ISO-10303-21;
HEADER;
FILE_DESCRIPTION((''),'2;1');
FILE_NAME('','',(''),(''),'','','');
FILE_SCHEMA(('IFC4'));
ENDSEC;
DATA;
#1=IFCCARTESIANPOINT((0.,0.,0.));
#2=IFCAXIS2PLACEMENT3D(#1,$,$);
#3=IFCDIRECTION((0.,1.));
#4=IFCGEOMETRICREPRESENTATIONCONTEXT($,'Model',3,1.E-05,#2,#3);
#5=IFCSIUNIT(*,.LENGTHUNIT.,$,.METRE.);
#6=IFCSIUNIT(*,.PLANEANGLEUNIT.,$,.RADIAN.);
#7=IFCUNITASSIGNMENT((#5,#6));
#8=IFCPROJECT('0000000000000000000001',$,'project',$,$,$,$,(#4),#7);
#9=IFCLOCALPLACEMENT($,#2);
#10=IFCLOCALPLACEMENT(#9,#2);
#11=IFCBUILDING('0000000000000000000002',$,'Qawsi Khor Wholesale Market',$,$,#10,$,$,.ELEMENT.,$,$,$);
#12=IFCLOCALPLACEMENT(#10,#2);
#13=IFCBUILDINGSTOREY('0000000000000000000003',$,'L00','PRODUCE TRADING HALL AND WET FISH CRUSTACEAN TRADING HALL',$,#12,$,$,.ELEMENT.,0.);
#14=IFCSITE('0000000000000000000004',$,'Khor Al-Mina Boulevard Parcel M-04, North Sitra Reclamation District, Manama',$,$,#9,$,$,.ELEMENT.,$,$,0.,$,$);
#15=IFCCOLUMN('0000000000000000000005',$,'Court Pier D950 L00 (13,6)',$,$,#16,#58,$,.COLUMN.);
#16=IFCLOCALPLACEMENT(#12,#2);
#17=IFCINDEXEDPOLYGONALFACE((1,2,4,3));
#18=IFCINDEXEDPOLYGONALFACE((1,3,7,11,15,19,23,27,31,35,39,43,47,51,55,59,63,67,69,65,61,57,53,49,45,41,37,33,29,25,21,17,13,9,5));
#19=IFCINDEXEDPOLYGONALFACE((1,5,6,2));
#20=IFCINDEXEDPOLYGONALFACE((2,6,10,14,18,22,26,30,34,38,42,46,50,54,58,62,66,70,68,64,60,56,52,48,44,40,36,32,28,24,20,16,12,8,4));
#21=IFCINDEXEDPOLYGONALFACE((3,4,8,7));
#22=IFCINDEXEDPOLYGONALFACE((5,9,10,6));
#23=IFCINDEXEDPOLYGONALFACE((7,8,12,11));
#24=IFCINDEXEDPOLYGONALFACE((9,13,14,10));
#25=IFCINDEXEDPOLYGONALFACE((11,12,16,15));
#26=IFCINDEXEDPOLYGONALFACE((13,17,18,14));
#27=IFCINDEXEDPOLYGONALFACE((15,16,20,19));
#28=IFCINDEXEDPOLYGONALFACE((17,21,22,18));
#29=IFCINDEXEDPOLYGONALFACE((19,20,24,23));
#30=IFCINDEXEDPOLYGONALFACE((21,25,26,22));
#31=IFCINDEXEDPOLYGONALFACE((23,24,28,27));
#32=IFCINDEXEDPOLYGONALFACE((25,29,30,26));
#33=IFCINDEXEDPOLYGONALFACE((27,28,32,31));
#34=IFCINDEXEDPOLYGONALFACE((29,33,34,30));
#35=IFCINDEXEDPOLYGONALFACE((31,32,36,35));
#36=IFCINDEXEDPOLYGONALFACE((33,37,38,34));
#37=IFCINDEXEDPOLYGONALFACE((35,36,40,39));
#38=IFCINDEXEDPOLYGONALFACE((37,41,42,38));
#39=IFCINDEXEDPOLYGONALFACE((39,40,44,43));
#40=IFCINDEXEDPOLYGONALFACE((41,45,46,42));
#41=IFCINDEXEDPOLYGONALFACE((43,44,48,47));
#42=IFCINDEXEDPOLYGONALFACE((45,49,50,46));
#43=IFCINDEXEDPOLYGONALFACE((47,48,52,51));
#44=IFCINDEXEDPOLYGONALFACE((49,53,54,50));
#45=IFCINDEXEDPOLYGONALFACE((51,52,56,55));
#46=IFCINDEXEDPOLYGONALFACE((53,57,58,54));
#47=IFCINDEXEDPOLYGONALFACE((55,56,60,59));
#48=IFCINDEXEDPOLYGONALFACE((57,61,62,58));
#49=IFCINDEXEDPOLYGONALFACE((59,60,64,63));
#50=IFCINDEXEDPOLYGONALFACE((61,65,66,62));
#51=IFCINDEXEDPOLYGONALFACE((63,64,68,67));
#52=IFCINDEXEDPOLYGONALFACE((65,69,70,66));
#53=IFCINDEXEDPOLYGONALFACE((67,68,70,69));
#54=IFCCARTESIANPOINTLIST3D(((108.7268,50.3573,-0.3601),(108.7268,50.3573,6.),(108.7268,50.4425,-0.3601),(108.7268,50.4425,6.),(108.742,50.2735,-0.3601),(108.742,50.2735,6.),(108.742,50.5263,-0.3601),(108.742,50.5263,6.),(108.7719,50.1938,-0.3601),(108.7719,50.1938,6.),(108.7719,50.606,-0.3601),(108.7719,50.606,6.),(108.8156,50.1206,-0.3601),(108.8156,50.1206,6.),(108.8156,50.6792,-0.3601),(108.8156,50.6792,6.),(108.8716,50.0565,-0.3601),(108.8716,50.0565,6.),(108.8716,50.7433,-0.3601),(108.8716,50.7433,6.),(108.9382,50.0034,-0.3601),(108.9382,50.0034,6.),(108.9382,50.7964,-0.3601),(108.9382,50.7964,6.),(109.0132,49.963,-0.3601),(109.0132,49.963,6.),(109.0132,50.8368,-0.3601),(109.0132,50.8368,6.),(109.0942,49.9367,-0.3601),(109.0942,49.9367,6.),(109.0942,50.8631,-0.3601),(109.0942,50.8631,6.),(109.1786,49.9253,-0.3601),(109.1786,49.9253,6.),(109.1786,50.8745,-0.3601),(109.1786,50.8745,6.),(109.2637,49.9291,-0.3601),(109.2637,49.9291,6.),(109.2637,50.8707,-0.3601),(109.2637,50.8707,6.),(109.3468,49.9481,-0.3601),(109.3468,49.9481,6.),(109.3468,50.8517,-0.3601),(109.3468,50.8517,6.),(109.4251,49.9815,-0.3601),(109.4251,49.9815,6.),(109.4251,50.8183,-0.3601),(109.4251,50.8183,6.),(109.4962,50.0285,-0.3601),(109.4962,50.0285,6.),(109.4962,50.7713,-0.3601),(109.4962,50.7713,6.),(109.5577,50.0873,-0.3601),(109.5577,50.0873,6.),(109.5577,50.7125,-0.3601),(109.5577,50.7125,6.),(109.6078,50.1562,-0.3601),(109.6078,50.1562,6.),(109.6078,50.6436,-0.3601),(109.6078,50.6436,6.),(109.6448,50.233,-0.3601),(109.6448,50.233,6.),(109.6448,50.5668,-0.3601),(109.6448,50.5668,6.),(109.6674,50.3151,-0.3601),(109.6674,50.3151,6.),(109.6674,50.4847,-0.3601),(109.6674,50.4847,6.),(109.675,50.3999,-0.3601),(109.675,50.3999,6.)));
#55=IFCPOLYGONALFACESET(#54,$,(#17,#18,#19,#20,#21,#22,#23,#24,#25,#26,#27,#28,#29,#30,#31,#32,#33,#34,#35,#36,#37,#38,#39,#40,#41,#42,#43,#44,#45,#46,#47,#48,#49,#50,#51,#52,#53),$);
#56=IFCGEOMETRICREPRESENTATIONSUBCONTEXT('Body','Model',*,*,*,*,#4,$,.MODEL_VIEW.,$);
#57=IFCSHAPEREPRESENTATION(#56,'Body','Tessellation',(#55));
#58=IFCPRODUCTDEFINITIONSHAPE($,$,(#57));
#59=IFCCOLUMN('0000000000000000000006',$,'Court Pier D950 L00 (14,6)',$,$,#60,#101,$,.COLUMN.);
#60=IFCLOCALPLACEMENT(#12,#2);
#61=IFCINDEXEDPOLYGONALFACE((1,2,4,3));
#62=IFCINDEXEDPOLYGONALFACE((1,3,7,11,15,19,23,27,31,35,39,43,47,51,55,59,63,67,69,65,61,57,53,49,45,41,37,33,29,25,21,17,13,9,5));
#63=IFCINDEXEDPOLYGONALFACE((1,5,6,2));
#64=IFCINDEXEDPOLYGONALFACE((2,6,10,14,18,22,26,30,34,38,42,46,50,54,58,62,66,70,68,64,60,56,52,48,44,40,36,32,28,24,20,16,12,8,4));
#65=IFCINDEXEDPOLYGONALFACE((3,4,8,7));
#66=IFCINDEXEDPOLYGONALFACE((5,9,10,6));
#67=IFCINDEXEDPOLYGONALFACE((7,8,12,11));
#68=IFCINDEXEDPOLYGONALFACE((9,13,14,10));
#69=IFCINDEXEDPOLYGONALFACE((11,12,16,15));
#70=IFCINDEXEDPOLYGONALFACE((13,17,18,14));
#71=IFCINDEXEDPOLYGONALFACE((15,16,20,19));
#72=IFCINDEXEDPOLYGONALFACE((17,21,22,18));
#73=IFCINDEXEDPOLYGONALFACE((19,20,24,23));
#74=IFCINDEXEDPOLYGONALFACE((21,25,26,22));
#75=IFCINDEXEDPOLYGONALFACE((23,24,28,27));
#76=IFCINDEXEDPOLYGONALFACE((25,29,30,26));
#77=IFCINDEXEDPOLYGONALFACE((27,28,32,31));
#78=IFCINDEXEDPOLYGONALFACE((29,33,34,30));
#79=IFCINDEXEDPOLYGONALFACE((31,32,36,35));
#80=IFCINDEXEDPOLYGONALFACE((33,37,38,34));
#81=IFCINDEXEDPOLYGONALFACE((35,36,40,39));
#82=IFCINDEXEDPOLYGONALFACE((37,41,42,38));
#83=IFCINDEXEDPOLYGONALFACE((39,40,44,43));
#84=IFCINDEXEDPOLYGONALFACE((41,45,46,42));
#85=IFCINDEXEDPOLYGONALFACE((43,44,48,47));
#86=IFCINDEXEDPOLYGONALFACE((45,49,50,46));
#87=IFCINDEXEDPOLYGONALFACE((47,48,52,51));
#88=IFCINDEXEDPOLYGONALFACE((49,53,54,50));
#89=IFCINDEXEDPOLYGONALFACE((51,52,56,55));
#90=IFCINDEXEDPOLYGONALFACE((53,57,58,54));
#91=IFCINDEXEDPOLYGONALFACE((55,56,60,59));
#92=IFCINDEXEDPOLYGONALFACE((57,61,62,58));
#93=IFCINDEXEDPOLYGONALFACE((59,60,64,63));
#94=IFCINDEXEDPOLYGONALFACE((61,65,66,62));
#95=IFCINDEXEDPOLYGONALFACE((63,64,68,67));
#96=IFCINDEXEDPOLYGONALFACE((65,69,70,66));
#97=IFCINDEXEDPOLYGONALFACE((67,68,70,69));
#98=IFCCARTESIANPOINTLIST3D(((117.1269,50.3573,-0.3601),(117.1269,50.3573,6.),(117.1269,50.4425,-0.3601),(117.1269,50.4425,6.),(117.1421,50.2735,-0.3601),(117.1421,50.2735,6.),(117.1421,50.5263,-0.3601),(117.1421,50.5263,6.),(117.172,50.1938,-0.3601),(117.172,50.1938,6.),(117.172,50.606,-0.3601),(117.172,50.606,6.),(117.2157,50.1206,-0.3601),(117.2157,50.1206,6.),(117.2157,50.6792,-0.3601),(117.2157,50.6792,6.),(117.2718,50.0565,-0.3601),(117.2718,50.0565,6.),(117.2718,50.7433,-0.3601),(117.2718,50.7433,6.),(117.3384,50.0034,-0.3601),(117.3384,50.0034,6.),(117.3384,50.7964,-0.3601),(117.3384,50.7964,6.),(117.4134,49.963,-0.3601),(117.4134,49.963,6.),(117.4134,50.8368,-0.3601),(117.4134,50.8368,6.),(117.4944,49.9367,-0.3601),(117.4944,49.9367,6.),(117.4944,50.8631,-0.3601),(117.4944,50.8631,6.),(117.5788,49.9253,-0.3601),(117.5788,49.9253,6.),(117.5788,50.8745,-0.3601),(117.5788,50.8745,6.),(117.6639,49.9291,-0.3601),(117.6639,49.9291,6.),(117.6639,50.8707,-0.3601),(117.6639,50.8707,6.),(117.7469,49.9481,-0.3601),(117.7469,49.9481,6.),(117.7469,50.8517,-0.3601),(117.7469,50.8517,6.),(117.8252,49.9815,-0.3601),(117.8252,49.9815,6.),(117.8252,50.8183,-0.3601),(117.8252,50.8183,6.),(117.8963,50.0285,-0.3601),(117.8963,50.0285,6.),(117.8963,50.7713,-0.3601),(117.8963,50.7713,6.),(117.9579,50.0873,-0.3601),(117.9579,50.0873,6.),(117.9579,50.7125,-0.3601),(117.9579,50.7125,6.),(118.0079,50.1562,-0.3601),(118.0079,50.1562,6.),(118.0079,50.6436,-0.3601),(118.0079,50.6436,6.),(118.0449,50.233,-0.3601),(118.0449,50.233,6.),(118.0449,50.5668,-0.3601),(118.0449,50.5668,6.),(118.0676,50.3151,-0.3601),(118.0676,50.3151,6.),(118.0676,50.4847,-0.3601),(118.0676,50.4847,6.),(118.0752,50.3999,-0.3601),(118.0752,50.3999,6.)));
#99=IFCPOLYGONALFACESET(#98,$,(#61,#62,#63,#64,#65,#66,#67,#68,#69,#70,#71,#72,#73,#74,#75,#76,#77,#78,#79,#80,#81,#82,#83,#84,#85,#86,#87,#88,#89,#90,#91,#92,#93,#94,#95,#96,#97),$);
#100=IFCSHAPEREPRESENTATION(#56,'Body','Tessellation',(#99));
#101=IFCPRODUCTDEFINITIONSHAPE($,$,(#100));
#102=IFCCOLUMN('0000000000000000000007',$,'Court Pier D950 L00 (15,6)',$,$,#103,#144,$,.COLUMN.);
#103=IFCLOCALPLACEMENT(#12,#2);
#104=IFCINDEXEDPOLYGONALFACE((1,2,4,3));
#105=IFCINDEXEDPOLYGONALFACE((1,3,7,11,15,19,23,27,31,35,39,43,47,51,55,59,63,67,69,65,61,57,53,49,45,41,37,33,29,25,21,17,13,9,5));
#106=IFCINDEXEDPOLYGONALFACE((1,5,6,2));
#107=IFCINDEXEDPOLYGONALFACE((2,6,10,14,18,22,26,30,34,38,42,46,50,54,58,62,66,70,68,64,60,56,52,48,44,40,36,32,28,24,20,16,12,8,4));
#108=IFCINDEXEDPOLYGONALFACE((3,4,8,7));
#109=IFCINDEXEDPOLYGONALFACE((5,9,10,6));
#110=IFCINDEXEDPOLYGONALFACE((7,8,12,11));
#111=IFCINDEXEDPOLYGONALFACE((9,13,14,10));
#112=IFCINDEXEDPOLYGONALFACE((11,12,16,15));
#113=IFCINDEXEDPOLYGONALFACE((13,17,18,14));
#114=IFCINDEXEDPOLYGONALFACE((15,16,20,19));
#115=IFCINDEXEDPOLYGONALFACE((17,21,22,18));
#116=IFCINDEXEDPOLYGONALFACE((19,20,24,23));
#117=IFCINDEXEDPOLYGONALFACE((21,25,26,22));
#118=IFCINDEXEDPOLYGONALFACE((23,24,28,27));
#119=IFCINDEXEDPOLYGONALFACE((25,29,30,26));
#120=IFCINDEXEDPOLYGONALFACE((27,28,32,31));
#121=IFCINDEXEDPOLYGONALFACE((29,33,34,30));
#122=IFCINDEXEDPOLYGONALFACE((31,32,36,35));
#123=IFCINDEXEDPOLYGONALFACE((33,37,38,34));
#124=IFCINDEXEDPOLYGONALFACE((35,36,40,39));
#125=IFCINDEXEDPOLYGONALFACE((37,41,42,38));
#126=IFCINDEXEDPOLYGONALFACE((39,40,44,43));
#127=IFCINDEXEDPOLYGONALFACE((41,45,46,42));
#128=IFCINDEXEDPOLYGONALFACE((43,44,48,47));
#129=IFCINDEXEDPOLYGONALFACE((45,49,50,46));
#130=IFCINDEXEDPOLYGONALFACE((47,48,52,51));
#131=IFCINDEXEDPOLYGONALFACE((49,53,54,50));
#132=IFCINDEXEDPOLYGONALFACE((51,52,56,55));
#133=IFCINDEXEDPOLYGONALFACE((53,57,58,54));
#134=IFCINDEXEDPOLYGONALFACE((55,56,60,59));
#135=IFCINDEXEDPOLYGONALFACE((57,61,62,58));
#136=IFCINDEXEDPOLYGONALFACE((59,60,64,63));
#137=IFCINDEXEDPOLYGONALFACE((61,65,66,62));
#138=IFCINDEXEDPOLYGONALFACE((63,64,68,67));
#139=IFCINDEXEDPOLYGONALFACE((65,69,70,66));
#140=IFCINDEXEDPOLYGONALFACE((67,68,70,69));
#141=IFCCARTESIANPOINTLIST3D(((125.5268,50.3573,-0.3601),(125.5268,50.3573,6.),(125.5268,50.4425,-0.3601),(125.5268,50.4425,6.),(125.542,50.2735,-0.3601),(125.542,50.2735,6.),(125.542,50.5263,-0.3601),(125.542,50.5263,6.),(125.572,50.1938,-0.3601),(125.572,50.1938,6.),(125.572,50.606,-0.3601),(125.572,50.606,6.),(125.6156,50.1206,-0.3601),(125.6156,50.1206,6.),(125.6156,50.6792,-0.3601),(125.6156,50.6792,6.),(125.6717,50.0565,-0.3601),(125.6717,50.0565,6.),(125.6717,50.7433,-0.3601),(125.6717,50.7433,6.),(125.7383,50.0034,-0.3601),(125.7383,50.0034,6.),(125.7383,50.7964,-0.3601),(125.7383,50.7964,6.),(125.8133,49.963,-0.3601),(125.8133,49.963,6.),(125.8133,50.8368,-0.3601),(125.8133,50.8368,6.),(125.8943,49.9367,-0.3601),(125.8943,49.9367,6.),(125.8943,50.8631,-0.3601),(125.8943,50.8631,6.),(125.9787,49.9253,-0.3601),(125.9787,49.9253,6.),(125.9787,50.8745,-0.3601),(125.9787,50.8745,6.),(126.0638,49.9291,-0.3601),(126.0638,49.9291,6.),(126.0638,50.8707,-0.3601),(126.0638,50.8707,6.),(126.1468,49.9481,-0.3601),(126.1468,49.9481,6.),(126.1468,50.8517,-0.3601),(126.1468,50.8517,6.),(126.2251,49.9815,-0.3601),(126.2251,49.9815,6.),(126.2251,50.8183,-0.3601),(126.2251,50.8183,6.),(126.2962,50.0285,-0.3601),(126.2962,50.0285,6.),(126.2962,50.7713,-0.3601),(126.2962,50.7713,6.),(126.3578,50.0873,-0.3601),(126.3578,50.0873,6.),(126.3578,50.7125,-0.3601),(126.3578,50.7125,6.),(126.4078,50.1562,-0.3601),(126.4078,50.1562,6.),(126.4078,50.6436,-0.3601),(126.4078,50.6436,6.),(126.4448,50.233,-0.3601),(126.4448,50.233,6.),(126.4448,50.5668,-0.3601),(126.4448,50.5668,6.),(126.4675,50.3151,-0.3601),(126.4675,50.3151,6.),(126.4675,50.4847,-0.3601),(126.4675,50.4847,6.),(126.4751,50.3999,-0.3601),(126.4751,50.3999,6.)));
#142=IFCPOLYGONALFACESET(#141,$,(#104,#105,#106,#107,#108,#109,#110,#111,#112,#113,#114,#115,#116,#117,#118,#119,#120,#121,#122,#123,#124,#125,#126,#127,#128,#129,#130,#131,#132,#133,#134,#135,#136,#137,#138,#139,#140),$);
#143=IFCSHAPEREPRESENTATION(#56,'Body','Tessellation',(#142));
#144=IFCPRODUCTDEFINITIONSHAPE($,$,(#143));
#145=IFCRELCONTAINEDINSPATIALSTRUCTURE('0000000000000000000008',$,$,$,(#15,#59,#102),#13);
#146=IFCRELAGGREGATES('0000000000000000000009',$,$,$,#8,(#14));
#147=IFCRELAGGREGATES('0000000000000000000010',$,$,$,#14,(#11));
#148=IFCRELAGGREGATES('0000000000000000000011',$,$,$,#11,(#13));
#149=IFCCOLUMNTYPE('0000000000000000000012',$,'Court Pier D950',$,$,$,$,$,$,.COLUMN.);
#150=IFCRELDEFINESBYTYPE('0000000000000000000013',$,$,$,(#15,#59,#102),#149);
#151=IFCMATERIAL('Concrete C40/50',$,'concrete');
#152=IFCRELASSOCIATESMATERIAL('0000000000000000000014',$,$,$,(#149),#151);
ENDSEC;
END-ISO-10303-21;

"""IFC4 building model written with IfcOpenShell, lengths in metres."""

from ifc_helpers import new_model, si_unit, direction, frame, origin, origin_2d, place, context, subcontext, project, spatial, circle, extrude, material, material_profile, profile_set, type_object, element, save


model = new_model("IFC4")

# Units and contexts
model_context = context("Model", 3, precision=1e-05, world=origin(), true_north=direction((0.0, 1.0)))
body_context = subcontext(model_context, "Body", "Model", "MODEL_VIEW")
ifc_project = project(units=[si_unit("LENGTHUNIT", "METRE"), si_unit("PLANEANGLEUNIT", "RADIAN")], contexts=[model_context])

# Site, building, storey
site_placement = place(None, origin())
site = spatial("IfcSite", under=ifc_project, at=site_placement, Name="Khor Al-Mina Boulevard Parcel M-04, North Sitra Reclamation District, Manama", CompositionType="ELEMENT", RefElevation=0.0)
building_placement = place(site_placement, origin())
building = spatial("IfcBuilding", under=site, at=building_placement, Name="Qawsi Khor Wholesale Market", CompositionType="ELEMENT")
storey_placement = place(building_placement, origin())
storey = spatial("IfcBuildingStorey", under=building, at=storey_placement, Name="L00", Description="PRODUCE TRADING HALL AND WET FISH CRUSTACEAN TRADING HALL", CompositionType="ELEMENT", Elevation=0.0)

# Columns
ifc_material_1 = material(Name="Concrete C40/50", Category="concrete")
ifc_material_profile_1 = material_profile(ifc_material_1, circle(Radius=0.4751, at=origin_2d()), Name="RC COL D950")
ifc_profile_set_1 = profile_set([ifc_material_profile_1], Name="Concrete C40/50")
column_type = type_object("IfcColumnType", Name="Court Pier D950", PredefinedType="COLUMN", material=ifc_profile_set_1)
for number, where, z_axis, x_axis, name in (
    (1, (109.2, 50.3999, -0.3601), (0.0, 0.0, 1.0), (1.0, 0.0, 0.0), "Court Pier D950 L00 (13,6)"),
    (2, (117.6001, 50.3999, -0.3601), (0.0, 0.0, 1.0), (1.0, 0.0, 0.0), "Court Pier D950 L00 (14,6)"),
    (3, (126.0, 50.3999, -0.3601), (0.0, 0.0, 1.0), (1.0, 0.0, 0.0), "Court Pier D950 L00 (15,6)"),
):
    element("IfcColumn", number, at=place(storey_placement, frame(where, z_axis=z_axis, x_axis=x_axis)), inside=storey, type_object=column_type, Name=name, PredefinedType="COLUMN", context=body_context, shape_type="SweptSolid", body=[
        extrude(circle(Radius=0.4751, at=origin_2d()), origin(), (0.0, 0.0, 1.0), 6.3601),
    ])

save(model, "model.ifc")
